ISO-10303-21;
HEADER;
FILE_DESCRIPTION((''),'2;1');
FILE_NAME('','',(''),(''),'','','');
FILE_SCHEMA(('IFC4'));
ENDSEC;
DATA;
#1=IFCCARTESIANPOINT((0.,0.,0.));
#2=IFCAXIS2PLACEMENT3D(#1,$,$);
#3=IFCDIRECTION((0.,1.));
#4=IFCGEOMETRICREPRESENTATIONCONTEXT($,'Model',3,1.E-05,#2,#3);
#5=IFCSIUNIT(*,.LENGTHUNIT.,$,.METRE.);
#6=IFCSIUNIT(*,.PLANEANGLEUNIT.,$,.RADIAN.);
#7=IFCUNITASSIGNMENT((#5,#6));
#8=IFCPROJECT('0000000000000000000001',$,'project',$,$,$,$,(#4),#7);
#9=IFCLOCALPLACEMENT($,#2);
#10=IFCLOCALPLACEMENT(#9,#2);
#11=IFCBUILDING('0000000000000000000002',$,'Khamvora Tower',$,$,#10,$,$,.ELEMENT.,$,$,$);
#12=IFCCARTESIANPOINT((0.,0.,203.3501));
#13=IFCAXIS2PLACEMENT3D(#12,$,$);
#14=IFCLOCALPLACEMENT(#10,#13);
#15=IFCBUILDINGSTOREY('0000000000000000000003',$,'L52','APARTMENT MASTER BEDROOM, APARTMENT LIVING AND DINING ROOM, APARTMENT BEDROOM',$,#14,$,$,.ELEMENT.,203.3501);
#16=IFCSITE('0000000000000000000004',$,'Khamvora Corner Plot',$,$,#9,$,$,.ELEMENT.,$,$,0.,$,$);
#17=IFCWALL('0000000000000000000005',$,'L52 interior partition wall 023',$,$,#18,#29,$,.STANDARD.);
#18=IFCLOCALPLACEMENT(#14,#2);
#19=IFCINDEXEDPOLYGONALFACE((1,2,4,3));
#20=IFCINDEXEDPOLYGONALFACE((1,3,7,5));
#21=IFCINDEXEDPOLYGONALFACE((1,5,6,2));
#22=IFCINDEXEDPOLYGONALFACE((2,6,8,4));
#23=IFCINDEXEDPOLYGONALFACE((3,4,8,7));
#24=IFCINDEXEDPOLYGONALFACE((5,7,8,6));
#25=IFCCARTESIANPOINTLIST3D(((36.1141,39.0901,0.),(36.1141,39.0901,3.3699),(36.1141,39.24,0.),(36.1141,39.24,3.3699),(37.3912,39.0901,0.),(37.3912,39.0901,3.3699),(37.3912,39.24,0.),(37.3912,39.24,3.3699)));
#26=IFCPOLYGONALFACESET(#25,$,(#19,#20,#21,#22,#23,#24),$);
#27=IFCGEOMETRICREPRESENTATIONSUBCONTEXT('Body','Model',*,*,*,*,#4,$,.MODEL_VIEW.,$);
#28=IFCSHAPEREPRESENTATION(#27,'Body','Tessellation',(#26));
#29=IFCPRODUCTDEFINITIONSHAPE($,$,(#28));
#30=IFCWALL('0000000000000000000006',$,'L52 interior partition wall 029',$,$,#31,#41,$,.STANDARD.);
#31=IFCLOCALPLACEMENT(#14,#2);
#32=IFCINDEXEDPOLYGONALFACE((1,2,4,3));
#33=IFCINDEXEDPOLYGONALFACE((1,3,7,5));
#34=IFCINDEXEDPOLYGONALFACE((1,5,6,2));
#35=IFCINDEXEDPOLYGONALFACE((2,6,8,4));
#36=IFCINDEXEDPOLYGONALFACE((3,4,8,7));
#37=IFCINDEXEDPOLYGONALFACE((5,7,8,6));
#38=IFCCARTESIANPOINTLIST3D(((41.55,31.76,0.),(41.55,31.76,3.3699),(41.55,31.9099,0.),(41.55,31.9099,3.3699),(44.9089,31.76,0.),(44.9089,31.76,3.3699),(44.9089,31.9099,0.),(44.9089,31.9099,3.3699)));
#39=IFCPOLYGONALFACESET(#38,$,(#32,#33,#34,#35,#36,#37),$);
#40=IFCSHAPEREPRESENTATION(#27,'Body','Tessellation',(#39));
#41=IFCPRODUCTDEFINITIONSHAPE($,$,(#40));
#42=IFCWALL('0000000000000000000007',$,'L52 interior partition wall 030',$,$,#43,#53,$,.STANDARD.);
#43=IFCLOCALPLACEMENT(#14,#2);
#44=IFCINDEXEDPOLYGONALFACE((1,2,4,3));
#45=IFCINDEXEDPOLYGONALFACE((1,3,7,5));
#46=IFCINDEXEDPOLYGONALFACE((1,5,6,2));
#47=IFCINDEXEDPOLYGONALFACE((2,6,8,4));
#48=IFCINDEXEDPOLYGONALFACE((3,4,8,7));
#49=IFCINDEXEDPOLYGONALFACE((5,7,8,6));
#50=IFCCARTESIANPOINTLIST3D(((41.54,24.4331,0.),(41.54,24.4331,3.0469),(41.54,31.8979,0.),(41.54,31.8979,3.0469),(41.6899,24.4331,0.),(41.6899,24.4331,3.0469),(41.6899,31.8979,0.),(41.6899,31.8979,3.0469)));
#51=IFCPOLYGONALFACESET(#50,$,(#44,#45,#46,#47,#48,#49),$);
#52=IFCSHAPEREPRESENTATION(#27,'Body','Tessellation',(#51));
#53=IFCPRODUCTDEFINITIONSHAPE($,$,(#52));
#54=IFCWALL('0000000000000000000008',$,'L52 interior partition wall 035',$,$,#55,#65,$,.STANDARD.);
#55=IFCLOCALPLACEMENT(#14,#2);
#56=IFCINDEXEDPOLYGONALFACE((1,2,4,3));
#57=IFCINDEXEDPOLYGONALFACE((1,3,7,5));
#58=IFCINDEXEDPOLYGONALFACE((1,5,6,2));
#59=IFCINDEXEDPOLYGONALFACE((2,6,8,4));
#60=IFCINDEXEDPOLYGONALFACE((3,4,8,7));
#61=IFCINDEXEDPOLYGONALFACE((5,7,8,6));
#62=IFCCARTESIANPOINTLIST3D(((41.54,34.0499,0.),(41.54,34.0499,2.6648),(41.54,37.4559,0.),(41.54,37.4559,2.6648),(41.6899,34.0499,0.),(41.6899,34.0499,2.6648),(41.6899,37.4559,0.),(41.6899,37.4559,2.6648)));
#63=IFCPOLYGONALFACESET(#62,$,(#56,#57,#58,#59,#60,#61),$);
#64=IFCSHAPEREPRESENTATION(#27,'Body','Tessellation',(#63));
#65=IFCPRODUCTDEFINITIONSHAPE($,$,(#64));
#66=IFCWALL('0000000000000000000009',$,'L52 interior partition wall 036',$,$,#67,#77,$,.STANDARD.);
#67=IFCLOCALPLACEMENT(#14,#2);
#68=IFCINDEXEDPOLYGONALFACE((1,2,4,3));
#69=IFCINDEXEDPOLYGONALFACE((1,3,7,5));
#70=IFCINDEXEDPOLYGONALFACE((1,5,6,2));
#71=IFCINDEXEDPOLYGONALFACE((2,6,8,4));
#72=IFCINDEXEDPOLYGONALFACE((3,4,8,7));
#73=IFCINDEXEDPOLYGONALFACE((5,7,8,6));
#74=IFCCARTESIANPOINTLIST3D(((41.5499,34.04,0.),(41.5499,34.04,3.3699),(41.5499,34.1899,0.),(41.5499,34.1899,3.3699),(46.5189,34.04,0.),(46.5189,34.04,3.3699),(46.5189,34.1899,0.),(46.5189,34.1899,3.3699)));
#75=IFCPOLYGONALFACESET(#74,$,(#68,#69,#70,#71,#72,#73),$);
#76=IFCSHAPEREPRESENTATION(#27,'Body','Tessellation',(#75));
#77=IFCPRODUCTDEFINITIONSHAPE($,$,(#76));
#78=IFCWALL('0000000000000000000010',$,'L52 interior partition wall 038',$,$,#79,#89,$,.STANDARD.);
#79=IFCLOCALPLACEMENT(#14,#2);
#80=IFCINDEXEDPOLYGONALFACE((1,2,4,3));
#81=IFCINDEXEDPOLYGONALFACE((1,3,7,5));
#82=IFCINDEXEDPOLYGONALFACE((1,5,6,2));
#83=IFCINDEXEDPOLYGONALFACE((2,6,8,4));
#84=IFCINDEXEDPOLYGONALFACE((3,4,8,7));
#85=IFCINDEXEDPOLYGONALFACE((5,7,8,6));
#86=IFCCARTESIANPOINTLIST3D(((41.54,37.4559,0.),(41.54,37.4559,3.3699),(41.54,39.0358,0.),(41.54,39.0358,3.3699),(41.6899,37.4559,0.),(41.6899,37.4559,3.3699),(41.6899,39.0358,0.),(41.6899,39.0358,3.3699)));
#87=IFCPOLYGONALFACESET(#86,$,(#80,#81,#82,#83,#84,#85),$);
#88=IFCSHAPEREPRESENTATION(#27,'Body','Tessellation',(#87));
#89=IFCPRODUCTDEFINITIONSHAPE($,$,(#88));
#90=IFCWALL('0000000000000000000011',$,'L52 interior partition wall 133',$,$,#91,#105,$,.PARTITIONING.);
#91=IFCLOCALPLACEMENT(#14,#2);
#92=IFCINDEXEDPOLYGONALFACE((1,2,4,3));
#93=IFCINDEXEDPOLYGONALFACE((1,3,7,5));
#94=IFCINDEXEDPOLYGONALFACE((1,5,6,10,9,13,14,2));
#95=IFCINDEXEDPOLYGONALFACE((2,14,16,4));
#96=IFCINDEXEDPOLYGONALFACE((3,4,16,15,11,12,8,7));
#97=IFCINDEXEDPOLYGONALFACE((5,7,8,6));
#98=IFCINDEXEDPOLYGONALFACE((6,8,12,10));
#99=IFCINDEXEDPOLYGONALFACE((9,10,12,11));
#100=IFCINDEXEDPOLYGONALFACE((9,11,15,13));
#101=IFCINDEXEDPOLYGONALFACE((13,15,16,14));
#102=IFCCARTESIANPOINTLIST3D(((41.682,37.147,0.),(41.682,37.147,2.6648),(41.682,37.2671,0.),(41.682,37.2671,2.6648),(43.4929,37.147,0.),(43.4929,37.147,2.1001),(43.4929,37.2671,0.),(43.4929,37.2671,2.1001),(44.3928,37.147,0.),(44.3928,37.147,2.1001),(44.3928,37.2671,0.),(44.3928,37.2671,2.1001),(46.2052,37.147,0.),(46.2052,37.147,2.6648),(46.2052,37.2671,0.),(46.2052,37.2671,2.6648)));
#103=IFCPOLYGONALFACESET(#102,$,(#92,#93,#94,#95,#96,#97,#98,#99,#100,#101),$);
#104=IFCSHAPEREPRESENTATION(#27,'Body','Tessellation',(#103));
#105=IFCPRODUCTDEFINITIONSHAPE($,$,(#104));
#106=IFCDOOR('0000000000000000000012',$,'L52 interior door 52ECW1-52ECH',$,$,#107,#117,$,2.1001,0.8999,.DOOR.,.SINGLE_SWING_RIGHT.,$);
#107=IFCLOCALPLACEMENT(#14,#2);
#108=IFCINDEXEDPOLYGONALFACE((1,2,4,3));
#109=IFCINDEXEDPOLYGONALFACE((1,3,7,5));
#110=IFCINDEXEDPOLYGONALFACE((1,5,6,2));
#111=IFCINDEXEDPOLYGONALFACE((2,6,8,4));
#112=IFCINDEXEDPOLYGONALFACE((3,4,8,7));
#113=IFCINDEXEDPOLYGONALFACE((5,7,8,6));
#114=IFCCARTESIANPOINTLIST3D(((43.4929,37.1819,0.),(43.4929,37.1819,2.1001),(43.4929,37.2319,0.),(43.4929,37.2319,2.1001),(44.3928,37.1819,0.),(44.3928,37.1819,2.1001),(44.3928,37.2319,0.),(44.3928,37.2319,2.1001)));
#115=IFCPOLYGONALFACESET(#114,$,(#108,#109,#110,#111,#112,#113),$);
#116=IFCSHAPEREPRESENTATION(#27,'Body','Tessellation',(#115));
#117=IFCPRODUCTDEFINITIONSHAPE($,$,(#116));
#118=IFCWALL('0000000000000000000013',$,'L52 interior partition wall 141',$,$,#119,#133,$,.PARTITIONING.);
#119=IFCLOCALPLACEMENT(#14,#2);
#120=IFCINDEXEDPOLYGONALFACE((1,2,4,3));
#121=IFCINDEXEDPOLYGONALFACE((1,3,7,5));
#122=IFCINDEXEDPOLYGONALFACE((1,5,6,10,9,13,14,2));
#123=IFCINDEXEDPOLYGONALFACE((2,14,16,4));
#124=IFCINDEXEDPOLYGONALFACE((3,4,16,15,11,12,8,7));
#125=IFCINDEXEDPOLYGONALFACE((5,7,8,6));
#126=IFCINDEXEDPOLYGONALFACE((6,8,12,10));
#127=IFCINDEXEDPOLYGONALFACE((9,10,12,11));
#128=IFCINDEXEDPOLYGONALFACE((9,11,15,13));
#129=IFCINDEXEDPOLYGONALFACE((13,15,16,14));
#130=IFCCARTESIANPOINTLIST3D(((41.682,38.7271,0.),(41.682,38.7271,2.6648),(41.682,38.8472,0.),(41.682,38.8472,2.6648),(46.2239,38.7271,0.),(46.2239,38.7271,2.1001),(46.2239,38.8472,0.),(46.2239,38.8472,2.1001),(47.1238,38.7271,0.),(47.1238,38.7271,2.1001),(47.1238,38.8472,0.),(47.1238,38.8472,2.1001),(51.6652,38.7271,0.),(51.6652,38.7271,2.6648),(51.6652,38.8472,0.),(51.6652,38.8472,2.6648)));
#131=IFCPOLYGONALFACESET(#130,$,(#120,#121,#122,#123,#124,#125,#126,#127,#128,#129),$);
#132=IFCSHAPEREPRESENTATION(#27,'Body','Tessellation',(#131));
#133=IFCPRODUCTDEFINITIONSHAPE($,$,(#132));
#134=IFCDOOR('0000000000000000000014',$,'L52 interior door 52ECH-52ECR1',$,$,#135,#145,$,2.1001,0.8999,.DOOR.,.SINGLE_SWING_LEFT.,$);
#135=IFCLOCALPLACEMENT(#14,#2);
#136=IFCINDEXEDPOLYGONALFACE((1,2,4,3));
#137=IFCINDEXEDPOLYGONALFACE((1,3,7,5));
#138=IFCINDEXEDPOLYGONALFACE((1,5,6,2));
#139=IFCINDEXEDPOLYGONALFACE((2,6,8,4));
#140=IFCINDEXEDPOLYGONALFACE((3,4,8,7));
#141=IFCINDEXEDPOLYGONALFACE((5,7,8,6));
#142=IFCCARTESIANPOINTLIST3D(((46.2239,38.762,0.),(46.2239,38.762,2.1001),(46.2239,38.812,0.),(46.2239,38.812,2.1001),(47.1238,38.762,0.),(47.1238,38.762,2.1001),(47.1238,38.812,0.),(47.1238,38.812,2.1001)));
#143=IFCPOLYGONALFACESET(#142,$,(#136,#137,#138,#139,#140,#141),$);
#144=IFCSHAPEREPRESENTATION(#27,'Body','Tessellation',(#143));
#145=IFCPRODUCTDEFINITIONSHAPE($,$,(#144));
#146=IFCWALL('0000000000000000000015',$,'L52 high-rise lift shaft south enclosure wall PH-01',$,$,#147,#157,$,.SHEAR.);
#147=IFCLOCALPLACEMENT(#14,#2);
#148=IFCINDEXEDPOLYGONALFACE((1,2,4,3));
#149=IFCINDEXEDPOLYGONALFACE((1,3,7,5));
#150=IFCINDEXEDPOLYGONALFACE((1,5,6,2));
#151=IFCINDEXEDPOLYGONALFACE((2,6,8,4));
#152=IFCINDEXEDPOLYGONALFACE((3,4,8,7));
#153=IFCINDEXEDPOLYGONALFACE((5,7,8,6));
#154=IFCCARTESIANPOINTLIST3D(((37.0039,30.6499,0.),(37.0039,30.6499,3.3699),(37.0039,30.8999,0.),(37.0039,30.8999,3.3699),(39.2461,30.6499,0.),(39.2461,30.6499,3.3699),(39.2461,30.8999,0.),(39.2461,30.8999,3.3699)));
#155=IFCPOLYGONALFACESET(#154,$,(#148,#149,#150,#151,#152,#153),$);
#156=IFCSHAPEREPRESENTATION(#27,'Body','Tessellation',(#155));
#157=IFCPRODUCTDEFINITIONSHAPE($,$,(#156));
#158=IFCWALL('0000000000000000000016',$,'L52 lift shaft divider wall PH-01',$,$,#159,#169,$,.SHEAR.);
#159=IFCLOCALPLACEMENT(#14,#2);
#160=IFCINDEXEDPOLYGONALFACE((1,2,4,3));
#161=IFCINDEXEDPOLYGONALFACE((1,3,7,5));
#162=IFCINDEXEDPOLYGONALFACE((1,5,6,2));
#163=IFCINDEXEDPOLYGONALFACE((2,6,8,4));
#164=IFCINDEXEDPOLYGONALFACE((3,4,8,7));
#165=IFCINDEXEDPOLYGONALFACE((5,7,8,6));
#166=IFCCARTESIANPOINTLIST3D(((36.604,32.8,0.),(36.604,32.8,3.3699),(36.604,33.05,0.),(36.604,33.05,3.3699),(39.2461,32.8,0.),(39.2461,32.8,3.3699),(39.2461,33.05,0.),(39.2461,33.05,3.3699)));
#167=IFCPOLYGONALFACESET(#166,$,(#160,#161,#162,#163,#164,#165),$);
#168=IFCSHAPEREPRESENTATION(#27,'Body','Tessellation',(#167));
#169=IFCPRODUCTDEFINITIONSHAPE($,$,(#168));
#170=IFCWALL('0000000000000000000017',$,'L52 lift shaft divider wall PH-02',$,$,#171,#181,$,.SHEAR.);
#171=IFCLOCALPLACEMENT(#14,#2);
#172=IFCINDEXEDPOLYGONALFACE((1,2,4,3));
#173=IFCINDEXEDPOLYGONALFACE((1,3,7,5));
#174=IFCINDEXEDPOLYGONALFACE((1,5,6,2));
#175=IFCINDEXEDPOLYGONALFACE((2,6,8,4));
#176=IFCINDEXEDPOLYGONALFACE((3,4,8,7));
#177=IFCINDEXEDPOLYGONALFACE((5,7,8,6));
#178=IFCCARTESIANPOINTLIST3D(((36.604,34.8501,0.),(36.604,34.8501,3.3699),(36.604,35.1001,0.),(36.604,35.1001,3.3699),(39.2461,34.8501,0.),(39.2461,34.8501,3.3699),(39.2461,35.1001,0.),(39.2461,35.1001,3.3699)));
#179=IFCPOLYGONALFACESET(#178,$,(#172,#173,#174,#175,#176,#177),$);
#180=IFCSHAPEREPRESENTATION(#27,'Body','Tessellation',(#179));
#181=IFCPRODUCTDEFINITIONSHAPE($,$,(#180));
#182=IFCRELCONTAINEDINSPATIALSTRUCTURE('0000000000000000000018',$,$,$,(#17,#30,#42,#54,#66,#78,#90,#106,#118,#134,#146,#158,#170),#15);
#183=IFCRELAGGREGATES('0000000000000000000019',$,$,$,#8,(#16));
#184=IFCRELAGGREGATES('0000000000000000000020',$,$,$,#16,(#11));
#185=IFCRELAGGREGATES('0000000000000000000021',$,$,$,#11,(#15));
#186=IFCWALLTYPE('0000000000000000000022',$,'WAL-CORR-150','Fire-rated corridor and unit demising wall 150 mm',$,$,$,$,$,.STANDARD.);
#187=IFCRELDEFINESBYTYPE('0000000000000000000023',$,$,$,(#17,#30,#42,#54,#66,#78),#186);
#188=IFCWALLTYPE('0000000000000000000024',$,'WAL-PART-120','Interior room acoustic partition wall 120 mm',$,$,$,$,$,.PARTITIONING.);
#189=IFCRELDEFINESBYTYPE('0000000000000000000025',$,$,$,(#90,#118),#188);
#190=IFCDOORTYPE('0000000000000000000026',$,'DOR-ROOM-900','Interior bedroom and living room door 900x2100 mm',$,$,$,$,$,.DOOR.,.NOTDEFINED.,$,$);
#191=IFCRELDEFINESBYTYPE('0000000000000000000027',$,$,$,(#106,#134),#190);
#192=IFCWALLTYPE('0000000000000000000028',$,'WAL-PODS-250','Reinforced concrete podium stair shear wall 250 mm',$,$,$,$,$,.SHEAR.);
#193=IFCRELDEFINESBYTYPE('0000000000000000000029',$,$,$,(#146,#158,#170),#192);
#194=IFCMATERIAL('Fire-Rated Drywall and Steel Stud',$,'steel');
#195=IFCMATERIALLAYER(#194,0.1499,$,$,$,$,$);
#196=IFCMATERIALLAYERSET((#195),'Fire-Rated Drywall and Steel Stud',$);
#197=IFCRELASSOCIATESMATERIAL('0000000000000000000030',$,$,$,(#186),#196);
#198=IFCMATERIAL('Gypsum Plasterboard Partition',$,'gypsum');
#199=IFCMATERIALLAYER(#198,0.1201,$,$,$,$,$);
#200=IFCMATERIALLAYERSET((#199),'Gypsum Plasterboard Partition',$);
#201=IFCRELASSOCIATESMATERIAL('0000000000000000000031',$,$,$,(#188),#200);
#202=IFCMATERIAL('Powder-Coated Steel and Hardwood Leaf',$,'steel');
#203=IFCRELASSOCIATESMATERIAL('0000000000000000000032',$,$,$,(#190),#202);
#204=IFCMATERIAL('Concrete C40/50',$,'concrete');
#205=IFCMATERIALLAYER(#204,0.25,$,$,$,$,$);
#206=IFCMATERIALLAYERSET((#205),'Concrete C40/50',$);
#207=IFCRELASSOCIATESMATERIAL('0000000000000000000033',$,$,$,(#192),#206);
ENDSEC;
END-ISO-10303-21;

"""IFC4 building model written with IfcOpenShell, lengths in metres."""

from ifc_helpers import new_model, si_unit, direction, frame, frame_2d, origin, place, context, subcontext, project, spatial, rectangle, extrude, material, layer, layer_set, type_object, element, fill, save


model = new_model("IFC4")

# Units and contexts
model_context = context("Model", 3, precision=1e-05, world=origin(), true_north=direction((0.0, 1.0)))
body_context = subcontext(model_context, "Body", "Model", "MODEL_VIEW")
ifc_project = project(units=[si_unit("LENGTHUNIT", "METRE"), si_unit("PLANEANGLEUNIT", "RADIAN")], contexts=[model_context])

# Site, building, storey
site_placement = place(None, origin())
site = spatial("IfcSite", under=ifc_project, at=site_placement, Name="Khamvora Corner Plot", CompositionType="ELEMENT", RefElevation=0.0)
building_placement = place(site_placement, origin())
building = spatial("IfcBuilding", under=site, at=building_placement, Name="Khamvora Tower", CompositionType="ELEMENT")
storey_placement = place(building_placement, frame((0.0, 0.0, 203.3501)))
storey = spatial("IfcBuildingStorey", under=building, at=storey_placement, Name="L52", Description="APARTMENT MASTER BEDROOM, APARTMENT LIVING AND DINING ROOM, APARTMENT BEDROOM", CompositionType="ELEMENT", Elevation=203.3501)

# Shared definitions
ifc_material_1 = material(Name="Powder-Coated Steel and Hardwood Leaf", Category="steel")

# Shared definitions
ifc_material_2 = material(Name="Fire-Rated Drywall and Steel Stud", Category="steel")
ifc_layer_1 = layer(ifc_material_2, 0.1499)
ifc_layer_set_1 = layer_set([ifc_layer_1], Name="Fire-Rated Drywall and Steel Stud")
wall_type_1 = type_object("IfcWallType", Name="WAL-CORR-150", Description="Fire-rated corridor and unit demising wall 150 mm", PredefinedType="STANDARD", material=ifc_layer_set_1)

# Walls
wall_1_placement = place(storey_placement, frame((36.114, 39.165, 0.0), z_axis=(0.0, 0.0, 1.0), x_axis=(1.0, 0.0, 0.0)))
element("IfcWall", 1, at=wall_1_placement, inside=storey, type_object=wall_type_1, Name="L52 interior partition wall 023", PredefinedType="STANDARD", context=body_context, shape_type="SweptSolid", body=[
    extrude(rectangle(XDim=1.2771, YDim=0.1499, at=frame_2d((0.6387, 0.0))), origin(), (0.0, 0.0, 1.0), 3.3699),
])
wall_2_placement = place(storey_placement, frame((44.9089, 31.835, 0.0), z_axis=(0.0, 0.0, 1.0), x_axis=(-1.0, 0.0, 0.0)))
element("IfcWall", 2, at=wall_2_placement, inside=storey, type_object=wall_type_1, Name="L52 interior partition wall 029", PredefinedType="STANDARD", context=body_context, shape_type="SweptSolid", body=[
    extrude(rectangle(XDim=3.3589, YDim=0.1499, at=frame_2d((1.6794, 0.0))), origin(), (0.0, 0.0, 1.0), 3.3699),
])
wall_3_placement = place(storey_placement, frame((41.615, 31.8979, 0.0), z_axis=(0.0, 0.0, 1.0), x_axis=(0.0, -1.0, 0.0)))
element("IfcWall", 3, at=wall_3_placement, inside=storey, type_object=wall_type_1, Name="L52 interior partition wall 030", PredefinedType="STANDARD", context=body_context, shape_type="SweptSolid", body=[
    extrude(rectangle(XDim=7.4648, YDim=0.1499, at=frame_2d((3.7324, 0.0))), origin(), (0.0, 0.0, 1.0), 3.0469),
])
wall_4_placement = place(storey_placement, frame((41.615, 37.4561, 0.0), z_axis=(0.0, 0.0, 1.0), x_axis=(0.0, -1.0, 0.0)))
element("IfcWall", 4, at=wall_4_placement, inside=storey, type_object=wall_type_1, Name="L52 interior partition wall 035", PredefinedType="STANDARD", context=body_context, shape_type="SweptSolid", body=[
    extrude(rectangle(XDim=3.406, YDim=0.1499, at=frame_2d((1.7031, 0.0))), origin(), (0.0, 0.0, 1.0), 2.6648),
])
wall_5_placement = place(storey_placement, frame((41.55, 34.115, 0.0), z_axis=(0.0, 0.0, 1.0), x_axis=(1.0, 0.0, 0.0)))
element("IfcWall", 5, at=wall_5_placement, inside=storey, type_object=wall_type_1, Name="L52 interior partition wall 036", PredefinedType="STANDARD", context=body_context, shape_type="SweptSolid", body=[
    extrude(rectangle(XDim=4.969, YDim=0.1499, at=frame_2d((2.4844, 0.0))), origin(), (0.0, 0.0, 1.0), 3.3699),
])
wall_6_placement = place(storey_placement, frame((41.615, 39.0359, 0.0), z_axis=(0.0, 0.0, 1.0), x_axis=(0.0, -1.0, 0.0)))
element("IfcWall", 6, at=wall_6_placement, inside=storey, type_object=wall_type_1, Name="L52 interior partition wall 038", PredefinedType="STANDARD", context=body_context, shape_type="SweptSolid", body=[
    extrude(rectangle(XDim=1.5798, YDim=0.1499, at=frame_2d((0.79, 0.0))), origin(), (0.0, 0.0, 1.0), 3.3699),
])

# Walls, openings, doors
ifc_material_3 = material(Name="Gypsum Plasterboard Partition", Category="gypsum")
ifc_layer_2 = layer(ifc_material_3, 0.1201)
ifc_layer_set_2 = layer_set([ifc_layer_2], Name="Gypsum Plasterboard Partition")
wall_type_2 = type_object("IfcWallType", Name="WAL-PART-120", Description="Interior room acoustic partition wall 120 mm", PredefinedType="PARTITIONING", material=ifc_layer_set_2)
wall_7_placement = place(storey_placement, frame((41.6819, 37.207, 0.0), z_axis=(0.0, 0.0, 1.0), x_axis=(1.0, 0.0, 0.0)))
wall_7 = element("IfcWall", 7, at=wall_7_placement, inside=storey, type_object=wall_type_2, Name="L52 interior partition wall 133", PredefinedType="PARTITIONING", context=body_context, shape_type="SweptSolid", body=[
    extrude(rectangle(XDim=4.5232, YDim=0.1201, at=frame_2d((2.2617, 0.0))), origin(), (0.0, 0.0, 1.0), 2.6648),
])
opening_1_placement = place(wall_7_placement, frame((1.811, 0.0, 0.0)))
opening_1 = element("IfcOpeningElement", 8, at=opening_1_placement, cuts=wall_7, PredefinedType="OPENING", context=body_context, shape_type="SweptSolid", body=[
    extrude(rectangle(XDim=0.8999, YDim=2.1001, at=frame_2d((0.45, 1.05))), frame((0.0, 0.0701, 0.0), z_axis=(0.0, -1.0, 0.0), x_axis=(1.0, 0.0, 0.0)), (0.0, 0.0, 1.0), 0.1401),
])
door_type_1 = type_object("IfcDoorType", Name="DOR-ROOM-900", Description="Interior bedroom and living room door 900x2100 mm", OperationType="NOTDEFINED", PredefinedType="DOOR", material=ifc_material_1)
door_1_placement = place(opening_1_placement, origin())
door_1 = element("IfcDoor", 9, at=door_1_placement, inside=storey, type_object=door_type_1, Name="L52 interior door 52ECW1-52ECH", OperationType="SINGLE_SWING_RIGHT", OverallHeight=2.1001, OverallWidth=0.8999, PredefinedType="DOOR", context=body_context, shape_type="SweptSolid", body=[
    extrude(rectangle(XDim=0.8999, YDim=2.1001, at=frame_2d((0.45, 1.05))), frame((0.0, 0.0249, 0.0), z_axis=(0.0, -1.0, 0.0), x_axis=(1.0, 0.0, 0.0)), (0.0, 0.0, 1.0), 0.05),
])
fill(opening_1, door_1)
wall_8_placement = place(storey_placement, frame((41.6819, 38.7871, 0.0), z_axis=(0.0, 0.0, 1.0), x_axis=(1.0, 0.0, 0.0)))
wall_8 = element("IfcWall", 10, at=wall_8_placement, inside=storey, type_object=wall_type_2, Name="L52 interior partition wall 141", PredefinedType="PARTITIONING", context=body_context, shape_type="SweptSolid", body=[
    extrude(rectangle(XDim=9.9832, YDim=0.1201, at=frame_2d((4.9917, 0.0))), origin(), (0.0, 0.0, 1.0), 2.6648),
])
opening_2_placement = place(wall_8_placement, frame((4.542, 0.0, 0.0)))
opening_2 = element("IfcOpeningElement", 11, at=opening_2_placement, cuts=wall_8, PredefinedType="OPENING", context=body_context, shape_type="SweptSolid", body=[
    extrude(rectangle(XDim=0.8999, YDim=2.1001, at=frame_2d((0.45, 1.05))), frame((0.0, 0.0701, 0.0), z_axis=(0.0, -1.0, 0.0), x_axis=(1.0, 0.0, 0.0)), (0.0, 0.0, 1.0), 0.1401),
])
door_2_placement = place(opening_2_placement, origin())
door_2 = element("IfcDoor", 12, at=door_2_placement, inside=storey, type_object=door_type_1, Name="L52 interior door 52ECH-52ECR1", OperationType="SINGLE_SWING_LEFT", OverallHeight=2.1001, OverallWidth=0.8999, PredefinedType="DOOR", context=body_context, shape_type="SweptSolid", body=[
    extrude(rectangle(XDim=0.8999, YDim=2.1001, at=frame_2d((0.45, 1.05))), frame((0.0, 0.0249, 0.0), z_axis=(0.0, -1.0, 0.0), x_axis=(1.0, 0.0, 0.0)), (0.0, 0.0, 1.0), 0.05),
])
fill(opening_2, door_2)

# Walls
ifc_material_4 = material(Name="Concrete C40/50", Category="concrete")
ifc_layer_3 = layer(ifc_material_4, 0.25)
ifc_layer_set_3 = layer_set([ifc_layer_3], Name="Concrete C40/50")
wall_type_3 = type_object("IfcWallType", Name="WAL-PODS-250", Description="Reinforced concrete podium stair shear wall 250 mm", PredefinedType="SHEAR", material=ifc_layer_set_3)
wall_9_placement = place(storey_placement, frame((37.0039, 30.7749, 0.0), z_axis=(0.0, 0.0, 1.0), x_axis=(1.0, 0.0, 0.0)))
element("IfcWall", 13, at=wall_9_placement, inside=storey, type_object=wall_type_3, Name="L52 high-rise lift shaft south enclosure wall PH-01", PredefinedType="SHEAR", context=body_context, shape_type="SweptSolid", body=[
    extrude(rectangle(XDim=2.2422, YDim=0.25, at=frame_2d((1.1211, 0.0))), origin(), (0.0, 0.0, 1.0), 3.3699),
])
for number, where, z_axis, x_axis, name in (
    (14, (36.604, 32.925, 0.0), (0.0, 0.0, 1.0), (1.0, 0.0, 0.0), "L52 lift shaft divider wall PH-01"),
    (15, (36.604, 34.9751, 0.0), (0.0, 0.0, 1.0), (1.0, 0.0, 0.0), "L52 lift shaft divider wall PH-02"),
):
    element("IfcWall", number, at=place(storey_placement, frame(where, z_axis=z_axis, x_axis=x_axis)), inside=storey, type_object=wall_type_3, Name=name, PredefinedType="SHEAR", context=body_context, shape_type="SweptSolid", body=[
        extrude(rectangle(XDim=2.6421, YDim=0.25, at=frame_2d((1.321, 0.0))), origin(), (0.0, 0.0, 1.0), 3.3699),
    ])

save(model, "model.ifc")
